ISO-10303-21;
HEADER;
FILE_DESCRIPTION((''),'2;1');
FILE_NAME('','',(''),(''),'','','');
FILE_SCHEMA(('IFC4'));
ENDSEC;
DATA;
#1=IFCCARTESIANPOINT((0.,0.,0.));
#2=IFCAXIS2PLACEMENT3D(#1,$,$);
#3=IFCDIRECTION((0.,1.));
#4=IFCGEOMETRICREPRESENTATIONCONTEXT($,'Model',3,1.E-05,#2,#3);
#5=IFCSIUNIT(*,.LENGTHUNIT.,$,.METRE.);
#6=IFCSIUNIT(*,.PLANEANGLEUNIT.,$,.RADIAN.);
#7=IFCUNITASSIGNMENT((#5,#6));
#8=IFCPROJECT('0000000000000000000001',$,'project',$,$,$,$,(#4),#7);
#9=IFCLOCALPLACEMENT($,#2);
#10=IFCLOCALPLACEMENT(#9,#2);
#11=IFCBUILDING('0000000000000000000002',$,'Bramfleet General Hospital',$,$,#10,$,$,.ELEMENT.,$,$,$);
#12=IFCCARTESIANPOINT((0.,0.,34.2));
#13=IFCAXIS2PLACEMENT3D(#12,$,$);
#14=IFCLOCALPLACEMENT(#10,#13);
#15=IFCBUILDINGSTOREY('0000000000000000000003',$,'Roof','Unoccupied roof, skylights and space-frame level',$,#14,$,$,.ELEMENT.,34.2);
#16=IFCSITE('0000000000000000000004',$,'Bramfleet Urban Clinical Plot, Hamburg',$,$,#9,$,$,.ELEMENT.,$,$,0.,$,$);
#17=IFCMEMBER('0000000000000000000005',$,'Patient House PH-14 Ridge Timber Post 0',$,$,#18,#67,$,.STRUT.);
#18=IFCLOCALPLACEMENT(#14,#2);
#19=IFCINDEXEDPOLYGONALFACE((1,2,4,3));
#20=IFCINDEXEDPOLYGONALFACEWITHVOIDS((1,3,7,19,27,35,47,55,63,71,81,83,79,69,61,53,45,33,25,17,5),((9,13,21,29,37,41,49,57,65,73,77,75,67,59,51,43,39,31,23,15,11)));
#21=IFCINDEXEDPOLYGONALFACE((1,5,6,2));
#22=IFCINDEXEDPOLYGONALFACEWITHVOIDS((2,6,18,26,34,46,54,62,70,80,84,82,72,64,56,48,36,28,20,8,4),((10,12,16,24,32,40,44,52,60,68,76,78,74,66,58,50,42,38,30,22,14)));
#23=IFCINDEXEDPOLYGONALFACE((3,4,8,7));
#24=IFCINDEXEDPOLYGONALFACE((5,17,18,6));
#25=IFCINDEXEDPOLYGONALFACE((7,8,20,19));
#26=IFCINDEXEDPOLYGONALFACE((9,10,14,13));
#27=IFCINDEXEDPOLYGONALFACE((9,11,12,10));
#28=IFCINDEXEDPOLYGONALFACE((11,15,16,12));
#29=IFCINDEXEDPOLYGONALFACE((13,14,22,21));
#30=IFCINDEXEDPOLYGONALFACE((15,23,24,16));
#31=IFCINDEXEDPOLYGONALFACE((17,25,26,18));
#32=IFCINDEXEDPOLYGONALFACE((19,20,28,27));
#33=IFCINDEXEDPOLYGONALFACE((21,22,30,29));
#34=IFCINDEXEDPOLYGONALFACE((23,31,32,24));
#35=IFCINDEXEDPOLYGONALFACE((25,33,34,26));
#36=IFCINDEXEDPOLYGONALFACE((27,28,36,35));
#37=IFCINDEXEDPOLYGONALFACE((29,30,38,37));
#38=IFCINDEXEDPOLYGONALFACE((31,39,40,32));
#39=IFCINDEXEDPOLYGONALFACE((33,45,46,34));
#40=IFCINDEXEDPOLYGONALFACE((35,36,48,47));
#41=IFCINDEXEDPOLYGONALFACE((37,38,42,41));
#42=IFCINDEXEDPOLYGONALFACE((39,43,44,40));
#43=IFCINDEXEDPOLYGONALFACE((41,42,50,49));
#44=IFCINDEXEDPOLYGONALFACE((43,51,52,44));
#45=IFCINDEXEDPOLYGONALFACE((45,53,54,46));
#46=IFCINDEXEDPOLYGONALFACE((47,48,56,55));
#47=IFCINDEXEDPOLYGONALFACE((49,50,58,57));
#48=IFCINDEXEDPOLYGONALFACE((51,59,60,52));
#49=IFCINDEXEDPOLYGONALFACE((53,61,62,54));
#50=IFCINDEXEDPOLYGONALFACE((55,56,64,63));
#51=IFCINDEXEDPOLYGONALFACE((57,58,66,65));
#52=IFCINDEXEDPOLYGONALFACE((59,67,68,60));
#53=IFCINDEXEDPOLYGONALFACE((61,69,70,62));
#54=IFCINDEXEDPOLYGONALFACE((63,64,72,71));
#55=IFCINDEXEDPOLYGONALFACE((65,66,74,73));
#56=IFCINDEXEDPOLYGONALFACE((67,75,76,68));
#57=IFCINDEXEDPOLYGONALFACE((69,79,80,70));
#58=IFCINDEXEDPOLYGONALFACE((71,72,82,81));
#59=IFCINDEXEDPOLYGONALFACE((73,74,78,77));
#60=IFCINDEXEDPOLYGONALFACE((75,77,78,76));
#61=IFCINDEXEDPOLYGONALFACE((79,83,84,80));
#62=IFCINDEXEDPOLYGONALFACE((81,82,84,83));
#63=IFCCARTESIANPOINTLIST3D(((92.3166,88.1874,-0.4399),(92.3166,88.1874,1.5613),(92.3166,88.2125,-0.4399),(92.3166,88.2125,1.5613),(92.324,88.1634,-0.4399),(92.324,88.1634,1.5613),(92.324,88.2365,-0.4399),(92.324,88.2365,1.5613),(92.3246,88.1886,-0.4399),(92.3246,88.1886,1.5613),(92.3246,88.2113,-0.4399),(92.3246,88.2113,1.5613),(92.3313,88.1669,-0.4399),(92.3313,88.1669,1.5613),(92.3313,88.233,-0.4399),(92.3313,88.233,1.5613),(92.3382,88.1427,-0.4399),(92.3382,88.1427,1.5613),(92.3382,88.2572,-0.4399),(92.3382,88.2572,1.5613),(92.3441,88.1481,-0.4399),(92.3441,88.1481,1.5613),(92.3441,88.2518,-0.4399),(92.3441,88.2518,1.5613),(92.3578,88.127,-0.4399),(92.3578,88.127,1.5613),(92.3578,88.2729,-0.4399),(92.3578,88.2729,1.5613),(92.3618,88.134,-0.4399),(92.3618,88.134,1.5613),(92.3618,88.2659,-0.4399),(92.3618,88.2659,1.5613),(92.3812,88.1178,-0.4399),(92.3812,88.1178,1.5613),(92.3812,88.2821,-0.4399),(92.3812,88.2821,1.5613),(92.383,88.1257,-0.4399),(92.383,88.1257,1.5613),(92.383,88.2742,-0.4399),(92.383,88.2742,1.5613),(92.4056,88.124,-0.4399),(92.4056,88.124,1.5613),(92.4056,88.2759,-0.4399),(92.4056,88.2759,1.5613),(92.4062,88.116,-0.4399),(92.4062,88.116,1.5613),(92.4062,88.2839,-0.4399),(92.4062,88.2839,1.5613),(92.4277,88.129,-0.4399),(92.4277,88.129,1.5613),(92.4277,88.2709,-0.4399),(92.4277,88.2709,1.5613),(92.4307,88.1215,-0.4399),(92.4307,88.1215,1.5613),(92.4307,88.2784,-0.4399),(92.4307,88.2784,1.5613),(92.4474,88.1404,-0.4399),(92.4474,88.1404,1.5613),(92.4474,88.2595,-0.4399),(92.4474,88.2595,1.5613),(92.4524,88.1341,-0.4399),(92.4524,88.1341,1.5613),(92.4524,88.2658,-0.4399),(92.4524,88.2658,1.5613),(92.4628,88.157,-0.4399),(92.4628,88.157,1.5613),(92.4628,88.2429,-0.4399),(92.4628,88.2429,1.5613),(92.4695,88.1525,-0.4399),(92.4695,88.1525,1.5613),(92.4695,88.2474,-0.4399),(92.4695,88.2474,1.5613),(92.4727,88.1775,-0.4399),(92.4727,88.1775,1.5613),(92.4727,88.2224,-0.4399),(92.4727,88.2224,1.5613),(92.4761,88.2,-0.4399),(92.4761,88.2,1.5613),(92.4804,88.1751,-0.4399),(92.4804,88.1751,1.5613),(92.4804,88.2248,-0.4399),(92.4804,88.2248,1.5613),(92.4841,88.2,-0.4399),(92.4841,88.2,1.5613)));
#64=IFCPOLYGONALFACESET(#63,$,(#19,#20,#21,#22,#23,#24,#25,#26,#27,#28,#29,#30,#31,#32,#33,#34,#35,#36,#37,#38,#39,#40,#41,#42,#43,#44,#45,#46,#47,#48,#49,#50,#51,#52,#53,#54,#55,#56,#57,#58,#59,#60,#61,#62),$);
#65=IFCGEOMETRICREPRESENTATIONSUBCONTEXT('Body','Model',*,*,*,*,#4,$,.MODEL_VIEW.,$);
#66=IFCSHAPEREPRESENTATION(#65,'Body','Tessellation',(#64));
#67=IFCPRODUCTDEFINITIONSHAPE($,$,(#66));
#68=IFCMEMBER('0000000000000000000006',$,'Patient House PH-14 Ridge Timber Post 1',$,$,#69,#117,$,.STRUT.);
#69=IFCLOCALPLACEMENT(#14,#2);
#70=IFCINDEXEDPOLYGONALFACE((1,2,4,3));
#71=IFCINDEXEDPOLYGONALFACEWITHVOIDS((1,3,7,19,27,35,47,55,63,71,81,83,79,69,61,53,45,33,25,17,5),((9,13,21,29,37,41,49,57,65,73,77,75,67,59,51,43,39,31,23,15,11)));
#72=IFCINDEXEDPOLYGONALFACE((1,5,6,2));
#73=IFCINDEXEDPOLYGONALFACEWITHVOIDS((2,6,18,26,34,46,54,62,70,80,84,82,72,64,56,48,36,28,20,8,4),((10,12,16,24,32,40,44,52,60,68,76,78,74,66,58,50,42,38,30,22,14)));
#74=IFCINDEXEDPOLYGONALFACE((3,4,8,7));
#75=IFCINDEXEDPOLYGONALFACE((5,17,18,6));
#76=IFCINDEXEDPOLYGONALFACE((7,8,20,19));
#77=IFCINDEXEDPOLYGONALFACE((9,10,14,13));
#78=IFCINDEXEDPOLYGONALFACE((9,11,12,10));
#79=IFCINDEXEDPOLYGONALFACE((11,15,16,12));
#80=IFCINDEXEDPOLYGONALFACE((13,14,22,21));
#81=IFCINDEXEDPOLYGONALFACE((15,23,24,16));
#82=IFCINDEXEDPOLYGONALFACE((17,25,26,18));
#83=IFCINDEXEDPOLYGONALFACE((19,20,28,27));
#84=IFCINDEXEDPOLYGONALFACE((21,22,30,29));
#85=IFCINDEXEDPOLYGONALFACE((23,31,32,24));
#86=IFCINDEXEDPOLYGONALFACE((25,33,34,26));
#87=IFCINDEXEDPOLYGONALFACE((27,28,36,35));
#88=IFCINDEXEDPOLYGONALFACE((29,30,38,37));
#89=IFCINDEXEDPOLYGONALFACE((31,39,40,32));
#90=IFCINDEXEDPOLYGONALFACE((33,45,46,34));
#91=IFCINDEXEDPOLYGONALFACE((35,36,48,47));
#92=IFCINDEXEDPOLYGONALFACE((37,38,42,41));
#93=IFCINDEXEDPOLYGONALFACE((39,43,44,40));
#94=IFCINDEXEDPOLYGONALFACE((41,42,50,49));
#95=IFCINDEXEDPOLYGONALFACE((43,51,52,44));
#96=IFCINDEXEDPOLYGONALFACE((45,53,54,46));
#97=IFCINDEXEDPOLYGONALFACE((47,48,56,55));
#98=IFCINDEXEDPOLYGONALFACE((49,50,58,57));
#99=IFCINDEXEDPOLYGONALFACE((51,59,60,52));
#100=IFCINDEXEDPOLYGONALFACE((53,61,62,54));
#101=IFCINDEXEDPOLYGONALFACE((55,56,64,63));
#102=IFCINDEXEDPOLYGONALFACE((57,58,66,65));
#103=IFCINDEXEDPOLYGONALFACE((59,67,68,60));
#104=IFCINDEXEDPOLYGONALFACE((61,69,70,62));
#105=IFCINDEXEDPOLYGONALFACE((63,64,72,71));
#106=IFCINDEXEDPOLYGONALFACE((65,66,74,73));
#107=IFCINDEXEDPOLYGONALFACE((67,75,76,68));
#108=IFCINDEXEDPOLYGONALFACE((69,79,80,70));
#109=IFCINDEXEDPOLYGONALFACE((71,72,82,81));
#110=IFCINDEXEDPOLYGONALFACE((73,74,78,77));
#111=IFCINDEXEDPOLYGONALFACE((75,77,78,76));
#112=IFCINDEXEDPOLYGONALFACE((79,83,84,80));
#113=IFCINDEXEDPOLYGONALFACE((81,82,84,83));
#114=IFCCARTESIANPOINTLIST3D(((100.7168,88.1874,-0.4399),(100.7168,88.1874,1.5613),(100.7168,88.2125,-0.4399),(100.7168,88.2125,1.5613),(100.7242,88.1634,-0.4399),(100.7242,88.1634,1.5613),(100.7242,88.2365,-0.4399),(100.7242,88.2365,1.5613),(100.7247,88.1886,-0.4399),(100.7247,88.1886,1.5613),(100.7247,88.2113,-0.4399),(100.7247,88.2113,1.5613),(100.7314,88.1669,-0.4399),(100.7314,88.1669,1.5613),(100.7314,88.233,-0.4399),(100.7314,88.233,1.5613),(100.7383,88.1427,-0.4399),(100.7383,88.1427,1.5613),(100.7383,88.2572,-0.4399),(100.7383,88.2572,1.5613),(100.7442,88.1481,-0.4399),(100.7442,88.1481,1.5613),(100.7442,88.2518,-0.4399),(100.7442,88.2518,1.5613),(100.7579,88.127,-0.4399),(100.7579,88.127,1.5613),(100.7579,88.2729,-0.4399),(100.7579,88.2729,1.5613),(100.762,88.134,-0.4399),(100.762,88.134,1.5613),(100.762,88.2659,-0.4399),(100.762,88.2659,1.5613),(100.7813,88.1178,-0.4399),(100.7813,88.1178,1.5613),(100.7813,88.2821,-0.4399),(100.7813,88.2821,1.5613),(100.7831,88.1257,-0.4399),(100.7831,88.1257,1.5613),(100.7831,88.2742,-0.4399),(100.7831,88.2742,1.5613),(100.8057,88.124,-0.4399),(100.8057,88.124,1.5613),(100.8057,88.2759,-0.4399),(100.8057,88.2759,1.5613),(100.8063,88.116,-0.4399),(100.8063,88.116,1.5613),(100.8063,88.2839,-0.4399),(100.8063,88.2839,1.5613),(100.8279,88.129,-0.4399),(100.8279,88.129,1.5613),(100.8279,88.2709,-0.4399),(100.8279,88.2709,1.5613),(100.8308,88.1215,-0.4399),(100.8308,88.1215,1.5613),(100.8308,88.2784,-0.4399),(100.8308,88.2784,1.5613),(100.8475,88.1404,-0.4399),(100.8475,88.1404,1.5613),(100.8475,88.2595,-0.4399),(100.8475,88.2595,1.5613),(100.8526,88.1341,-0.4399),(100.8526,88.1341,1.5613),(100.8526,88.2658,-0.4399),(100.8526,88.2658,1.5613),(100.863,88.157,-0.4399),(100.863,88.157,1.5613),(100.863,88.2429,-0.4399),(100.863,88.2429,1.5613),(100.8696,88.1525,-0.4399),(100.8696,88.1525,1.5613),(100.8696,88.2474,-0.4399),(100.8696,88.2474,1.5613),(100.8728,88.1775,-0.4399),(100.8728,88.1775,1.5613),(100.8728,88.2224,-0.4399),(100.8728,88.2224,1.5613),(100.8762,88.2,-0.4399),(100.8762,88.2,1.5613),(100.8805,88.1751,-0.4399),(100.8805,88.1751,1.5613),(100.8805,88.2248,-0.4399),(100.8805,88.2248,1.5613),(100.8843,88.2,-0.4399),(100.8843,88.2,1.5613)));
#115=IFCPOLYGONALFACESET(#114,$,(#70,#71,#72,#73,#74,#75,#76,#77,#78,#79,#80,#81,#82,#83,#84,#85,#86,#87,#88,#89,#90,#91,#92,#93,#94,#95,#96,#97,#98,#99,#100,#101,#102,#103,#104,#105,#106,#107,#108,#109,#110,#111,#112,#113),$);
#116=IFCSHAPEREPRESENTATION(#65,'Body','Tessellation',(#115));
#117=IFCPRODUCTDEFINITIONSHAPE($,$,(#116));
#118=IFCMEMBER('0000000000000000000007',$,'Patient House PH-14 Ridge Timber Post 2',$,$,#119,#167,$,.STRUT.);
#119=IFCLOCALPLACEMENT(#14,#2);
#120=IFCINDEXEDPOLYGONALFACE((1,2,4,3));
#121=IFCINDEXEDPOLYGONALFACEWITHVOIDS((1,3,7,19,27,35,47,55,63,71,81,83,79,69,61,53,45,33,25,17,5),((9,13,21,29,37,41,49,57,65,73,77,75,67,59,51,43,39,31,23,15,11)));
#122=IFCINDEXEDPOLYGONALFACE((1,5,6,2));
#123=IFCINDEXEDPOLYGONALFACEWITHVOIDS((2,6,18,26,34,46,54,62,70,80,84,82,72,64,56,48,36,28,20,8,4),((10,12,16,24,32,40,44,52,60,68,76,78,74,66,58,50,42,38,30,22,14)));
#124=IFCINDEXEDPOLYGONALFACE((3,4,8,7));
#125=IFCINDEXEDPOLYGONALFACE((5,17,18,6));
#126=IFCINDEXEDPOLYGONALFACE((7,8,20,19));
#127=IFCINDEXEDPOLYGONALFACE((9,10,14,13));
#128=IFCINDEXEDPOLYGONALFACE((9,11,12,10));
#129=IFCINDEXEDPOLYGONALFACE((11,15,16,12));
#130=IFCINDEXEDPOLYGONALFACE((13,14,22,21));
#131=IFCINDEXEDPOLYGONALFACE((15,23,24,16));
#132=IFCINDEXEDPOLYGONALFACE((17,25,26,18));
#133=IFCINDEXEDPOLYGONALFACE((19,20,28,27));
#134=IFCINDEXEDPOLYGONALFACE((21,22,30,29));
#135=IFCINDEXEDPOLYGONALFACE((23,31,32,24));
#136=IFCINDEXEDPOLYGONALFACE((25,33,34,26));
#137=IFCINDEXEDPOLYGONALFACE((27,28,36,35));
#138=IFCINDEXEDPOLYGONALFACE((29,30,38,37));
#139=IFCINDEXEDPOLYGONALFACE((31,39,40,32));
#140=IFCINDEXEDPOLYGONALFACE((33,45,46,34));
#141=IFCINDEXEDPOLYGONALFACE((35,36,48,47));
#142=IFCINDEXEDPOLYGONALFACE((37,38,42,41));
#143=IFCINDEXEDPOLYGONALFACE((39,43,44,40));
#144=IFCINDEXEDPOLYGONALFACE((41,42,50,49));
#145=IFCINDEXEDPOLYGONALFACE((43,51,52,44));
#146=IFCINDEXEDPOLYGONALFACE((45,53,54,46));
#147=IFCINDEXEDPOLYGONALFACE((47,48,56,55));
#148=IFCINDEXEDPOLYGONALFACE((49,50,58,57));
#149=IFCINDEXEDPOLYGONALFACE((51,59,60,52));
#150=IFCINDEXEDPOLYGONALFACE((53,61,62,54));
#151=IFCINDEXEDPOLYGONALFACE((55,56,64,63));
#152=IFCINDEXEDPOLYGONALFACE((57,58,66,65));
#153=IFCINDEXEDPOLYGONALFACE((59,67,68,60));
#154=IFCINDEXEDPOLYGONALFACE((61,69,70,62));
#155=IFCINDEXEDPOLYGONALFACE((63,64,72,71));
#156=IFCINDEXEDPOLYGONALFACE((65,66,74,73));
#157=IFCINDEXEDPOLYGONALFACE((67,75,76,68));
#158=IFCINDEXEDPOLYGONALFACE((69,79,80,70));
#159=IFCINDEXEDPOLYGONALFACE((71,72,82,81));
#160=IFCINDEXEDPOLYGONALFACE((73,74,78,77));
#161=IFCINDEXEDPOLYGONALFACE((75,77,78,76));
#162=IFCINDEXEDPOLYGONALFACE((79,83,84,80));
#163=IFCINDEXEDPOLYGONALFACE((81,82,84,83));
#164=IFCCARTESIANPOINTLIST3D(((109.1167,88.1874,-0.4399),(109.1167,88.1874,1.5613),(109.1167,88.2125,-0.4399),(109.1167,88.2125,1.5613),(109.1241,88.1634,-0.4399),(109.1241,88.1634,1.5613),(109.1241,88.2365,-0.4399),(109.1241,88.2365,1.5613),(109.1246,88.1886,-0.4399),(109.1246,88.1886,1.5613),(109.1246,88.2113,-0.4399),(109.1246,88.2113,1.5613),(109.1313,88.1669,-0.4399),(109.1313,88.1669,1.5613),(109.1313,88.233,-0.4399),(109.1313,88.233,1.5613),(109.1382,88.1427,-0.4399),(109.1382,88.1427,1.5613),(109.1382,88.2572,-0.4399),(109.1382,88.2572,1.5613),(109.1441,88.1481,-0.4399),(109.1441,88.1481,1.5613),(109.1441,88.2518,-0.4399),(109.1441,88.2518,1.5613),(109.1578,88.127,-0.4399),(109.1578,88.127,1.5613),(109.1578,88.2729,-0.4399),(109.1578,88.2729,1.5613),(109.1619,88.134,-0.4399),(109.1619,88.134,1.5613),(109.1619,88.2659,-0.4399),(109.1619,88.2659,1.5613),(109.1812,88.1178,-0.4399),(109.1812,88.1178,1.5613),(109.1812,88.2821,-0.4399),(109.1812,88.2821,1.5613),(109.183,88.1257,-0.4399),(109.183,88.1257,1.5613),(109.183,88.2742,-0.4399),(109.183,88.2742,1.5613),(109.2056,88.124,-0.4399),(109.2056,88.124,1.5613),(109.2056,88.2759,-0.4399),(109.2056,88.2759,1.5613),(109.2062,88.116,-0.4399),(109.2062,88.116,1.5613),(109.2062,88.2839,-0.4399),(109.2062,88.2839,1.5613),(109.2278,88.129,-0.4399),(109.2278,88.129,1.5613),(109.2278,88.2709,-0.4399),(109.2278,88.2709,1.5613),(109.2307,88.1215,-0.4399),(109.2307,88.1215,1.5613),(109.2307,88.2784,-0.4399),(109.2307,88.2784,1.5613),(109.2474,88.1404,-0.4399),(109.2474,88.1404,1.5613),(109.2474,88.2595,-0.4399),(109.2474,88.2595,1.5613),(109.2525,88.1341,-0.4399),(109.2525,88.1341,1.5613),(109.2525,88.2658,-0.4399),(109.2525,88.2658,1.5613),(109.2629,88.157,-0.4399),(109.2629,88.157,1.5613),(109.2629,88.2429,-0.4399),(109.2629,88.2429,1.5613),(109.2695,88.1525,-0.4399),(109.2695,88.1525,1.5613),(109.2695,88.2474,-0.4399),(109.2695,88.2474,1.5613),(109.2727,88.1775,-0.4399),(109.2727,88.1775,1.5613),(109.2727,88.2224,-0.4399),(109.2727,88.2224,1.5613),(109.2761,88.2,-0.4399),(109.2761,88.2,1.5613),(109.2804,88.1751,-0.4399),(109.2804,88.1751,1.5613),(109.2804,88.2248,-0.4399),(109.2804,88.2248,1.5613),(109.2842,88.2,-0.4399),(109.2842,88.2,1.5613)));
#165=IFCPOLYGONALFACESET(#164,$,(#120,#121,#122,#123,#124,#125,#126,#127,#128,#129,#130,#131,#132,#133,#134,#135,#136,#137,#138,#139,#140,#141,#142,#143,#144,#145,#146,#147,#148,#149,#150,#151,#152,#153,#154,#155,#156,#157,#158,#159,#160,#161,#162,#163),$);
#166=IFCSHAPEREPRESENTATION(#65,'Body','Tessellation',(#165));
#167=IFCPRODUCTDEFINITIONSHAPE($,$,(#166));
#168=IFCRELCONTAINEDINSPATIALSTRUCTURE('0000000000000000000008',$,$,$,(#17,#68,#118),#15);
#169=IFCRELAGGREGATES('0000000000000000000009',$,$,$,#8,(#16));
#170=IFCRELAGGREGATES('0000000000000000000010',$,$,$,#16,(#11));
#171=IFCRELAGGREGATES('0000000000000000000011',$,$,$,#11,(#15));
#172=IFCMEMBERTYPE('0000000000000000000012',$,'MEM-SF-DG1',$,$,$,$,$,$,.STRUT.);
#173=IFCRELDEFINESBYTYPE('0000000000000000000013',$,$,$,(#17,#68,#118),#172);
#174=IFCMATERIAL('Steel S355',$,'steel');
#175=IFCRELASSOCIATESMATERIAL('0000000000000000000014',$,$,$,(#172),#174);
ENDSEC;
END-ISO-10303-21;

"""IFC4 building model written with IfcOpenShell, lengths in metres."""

from ifc_helpers import new_model, si_unit, direction, frame, origin, origin_2d, place, context, subcontext, project, spatial, hollow_circle, extrude, material, material_profile, profile_set, type_object, element, save


model = new_model("IFC4")

# Units and contexts
model_context = context("Model", 3, precision=1e-05, world=origin(), true_north=direction((0.0, 1.0)))
body_context = subcontext(model_context, "Body", "Model", "MODEL_VIEW")
ifc_project = project(units=[si_unit("LENGTHUNIT", "METRE"), si_unit("PLANEANGLEUNIT", "RADIAN")], contexts=[model_context])

# Site, building, storey
site_placement = place(None, origin())
site = spatial("IfcSite", under=ifc_project, at=site_placement, Name="Bramfleet Urban Clinical Plot, Hamburg", CompositionType="ELEMENT", RefElevation=0.0)
building_placement = place(site_placement, origin())
building = spatial("IfcBuilding", under=site, at=building_placement, Name="Bramfleet General Hospital", CompositionType="ELEMENT")
storey_placement = place(building_placement, frame((0.0, 0.0, 34.2)))
storey = spatial("IfcBuildingStorey", under=building, at=storey_placement, Name="Roof", Description="Unoccupied roof, skylights and space-frame level", CompositionType="ELEMENT", Elevation=34.2)

# Members
ifc_material_1 = material(Name="Steel S355", Category="steel")
ifc_material_profile_1 = material_profile(ifc_material_1, hollow_circle(Radius=0.0842, WallThickness=0.0081, at=origin_2d()), Name="CHS 168.3x8.0")
ifc_profile_set_1 = profile_set([ifc_material_profile_1], Name="Steel S355")
member_type_1 = type_object("IfcMemberType", Name="MEM-SF-DG1", PredefinedType="STRUT", material=ifc_profile_set_1)
for number, where, z_axis, x_axis, name in (
    (1, (92.3999, 88.2, -0.4399), (0.0, 0.0, 1.0), (1.0, 0.0, 0.0), "Patient House PH-14 Ridge Timber Post 0"),
    (2, (100.8, 88.2, -0.4399), (0.0, 0.0, 1.0), (1.0, 0.0, 0.0), "Patient House PH-14 Ridge Timber Post 1"),
    (3, (109.2, 88.2, -0.4399), (0.0, 0.0, 1.0), (1.0, 0.0, 0.0), "Patient House PH-14 Ridge Timber Post 2"),
):
    element("IfcMember", number, at=place(storey_placement, frame(where, z_axis=z_axis, x_axis=x_axis)), inside=storey, type_object=member_type_1, Name=name, PredefinedType="STRUT", context=body_context, shape_type="SweptSolid", body=[
        extrude(hollow_circle(Radius=0.0842, WallThickness=0.0081, at=origin_2d()), origin(), (0.0, 0.0, 1.0), 2.0012),
    ])

save(model, "model.ifc")
